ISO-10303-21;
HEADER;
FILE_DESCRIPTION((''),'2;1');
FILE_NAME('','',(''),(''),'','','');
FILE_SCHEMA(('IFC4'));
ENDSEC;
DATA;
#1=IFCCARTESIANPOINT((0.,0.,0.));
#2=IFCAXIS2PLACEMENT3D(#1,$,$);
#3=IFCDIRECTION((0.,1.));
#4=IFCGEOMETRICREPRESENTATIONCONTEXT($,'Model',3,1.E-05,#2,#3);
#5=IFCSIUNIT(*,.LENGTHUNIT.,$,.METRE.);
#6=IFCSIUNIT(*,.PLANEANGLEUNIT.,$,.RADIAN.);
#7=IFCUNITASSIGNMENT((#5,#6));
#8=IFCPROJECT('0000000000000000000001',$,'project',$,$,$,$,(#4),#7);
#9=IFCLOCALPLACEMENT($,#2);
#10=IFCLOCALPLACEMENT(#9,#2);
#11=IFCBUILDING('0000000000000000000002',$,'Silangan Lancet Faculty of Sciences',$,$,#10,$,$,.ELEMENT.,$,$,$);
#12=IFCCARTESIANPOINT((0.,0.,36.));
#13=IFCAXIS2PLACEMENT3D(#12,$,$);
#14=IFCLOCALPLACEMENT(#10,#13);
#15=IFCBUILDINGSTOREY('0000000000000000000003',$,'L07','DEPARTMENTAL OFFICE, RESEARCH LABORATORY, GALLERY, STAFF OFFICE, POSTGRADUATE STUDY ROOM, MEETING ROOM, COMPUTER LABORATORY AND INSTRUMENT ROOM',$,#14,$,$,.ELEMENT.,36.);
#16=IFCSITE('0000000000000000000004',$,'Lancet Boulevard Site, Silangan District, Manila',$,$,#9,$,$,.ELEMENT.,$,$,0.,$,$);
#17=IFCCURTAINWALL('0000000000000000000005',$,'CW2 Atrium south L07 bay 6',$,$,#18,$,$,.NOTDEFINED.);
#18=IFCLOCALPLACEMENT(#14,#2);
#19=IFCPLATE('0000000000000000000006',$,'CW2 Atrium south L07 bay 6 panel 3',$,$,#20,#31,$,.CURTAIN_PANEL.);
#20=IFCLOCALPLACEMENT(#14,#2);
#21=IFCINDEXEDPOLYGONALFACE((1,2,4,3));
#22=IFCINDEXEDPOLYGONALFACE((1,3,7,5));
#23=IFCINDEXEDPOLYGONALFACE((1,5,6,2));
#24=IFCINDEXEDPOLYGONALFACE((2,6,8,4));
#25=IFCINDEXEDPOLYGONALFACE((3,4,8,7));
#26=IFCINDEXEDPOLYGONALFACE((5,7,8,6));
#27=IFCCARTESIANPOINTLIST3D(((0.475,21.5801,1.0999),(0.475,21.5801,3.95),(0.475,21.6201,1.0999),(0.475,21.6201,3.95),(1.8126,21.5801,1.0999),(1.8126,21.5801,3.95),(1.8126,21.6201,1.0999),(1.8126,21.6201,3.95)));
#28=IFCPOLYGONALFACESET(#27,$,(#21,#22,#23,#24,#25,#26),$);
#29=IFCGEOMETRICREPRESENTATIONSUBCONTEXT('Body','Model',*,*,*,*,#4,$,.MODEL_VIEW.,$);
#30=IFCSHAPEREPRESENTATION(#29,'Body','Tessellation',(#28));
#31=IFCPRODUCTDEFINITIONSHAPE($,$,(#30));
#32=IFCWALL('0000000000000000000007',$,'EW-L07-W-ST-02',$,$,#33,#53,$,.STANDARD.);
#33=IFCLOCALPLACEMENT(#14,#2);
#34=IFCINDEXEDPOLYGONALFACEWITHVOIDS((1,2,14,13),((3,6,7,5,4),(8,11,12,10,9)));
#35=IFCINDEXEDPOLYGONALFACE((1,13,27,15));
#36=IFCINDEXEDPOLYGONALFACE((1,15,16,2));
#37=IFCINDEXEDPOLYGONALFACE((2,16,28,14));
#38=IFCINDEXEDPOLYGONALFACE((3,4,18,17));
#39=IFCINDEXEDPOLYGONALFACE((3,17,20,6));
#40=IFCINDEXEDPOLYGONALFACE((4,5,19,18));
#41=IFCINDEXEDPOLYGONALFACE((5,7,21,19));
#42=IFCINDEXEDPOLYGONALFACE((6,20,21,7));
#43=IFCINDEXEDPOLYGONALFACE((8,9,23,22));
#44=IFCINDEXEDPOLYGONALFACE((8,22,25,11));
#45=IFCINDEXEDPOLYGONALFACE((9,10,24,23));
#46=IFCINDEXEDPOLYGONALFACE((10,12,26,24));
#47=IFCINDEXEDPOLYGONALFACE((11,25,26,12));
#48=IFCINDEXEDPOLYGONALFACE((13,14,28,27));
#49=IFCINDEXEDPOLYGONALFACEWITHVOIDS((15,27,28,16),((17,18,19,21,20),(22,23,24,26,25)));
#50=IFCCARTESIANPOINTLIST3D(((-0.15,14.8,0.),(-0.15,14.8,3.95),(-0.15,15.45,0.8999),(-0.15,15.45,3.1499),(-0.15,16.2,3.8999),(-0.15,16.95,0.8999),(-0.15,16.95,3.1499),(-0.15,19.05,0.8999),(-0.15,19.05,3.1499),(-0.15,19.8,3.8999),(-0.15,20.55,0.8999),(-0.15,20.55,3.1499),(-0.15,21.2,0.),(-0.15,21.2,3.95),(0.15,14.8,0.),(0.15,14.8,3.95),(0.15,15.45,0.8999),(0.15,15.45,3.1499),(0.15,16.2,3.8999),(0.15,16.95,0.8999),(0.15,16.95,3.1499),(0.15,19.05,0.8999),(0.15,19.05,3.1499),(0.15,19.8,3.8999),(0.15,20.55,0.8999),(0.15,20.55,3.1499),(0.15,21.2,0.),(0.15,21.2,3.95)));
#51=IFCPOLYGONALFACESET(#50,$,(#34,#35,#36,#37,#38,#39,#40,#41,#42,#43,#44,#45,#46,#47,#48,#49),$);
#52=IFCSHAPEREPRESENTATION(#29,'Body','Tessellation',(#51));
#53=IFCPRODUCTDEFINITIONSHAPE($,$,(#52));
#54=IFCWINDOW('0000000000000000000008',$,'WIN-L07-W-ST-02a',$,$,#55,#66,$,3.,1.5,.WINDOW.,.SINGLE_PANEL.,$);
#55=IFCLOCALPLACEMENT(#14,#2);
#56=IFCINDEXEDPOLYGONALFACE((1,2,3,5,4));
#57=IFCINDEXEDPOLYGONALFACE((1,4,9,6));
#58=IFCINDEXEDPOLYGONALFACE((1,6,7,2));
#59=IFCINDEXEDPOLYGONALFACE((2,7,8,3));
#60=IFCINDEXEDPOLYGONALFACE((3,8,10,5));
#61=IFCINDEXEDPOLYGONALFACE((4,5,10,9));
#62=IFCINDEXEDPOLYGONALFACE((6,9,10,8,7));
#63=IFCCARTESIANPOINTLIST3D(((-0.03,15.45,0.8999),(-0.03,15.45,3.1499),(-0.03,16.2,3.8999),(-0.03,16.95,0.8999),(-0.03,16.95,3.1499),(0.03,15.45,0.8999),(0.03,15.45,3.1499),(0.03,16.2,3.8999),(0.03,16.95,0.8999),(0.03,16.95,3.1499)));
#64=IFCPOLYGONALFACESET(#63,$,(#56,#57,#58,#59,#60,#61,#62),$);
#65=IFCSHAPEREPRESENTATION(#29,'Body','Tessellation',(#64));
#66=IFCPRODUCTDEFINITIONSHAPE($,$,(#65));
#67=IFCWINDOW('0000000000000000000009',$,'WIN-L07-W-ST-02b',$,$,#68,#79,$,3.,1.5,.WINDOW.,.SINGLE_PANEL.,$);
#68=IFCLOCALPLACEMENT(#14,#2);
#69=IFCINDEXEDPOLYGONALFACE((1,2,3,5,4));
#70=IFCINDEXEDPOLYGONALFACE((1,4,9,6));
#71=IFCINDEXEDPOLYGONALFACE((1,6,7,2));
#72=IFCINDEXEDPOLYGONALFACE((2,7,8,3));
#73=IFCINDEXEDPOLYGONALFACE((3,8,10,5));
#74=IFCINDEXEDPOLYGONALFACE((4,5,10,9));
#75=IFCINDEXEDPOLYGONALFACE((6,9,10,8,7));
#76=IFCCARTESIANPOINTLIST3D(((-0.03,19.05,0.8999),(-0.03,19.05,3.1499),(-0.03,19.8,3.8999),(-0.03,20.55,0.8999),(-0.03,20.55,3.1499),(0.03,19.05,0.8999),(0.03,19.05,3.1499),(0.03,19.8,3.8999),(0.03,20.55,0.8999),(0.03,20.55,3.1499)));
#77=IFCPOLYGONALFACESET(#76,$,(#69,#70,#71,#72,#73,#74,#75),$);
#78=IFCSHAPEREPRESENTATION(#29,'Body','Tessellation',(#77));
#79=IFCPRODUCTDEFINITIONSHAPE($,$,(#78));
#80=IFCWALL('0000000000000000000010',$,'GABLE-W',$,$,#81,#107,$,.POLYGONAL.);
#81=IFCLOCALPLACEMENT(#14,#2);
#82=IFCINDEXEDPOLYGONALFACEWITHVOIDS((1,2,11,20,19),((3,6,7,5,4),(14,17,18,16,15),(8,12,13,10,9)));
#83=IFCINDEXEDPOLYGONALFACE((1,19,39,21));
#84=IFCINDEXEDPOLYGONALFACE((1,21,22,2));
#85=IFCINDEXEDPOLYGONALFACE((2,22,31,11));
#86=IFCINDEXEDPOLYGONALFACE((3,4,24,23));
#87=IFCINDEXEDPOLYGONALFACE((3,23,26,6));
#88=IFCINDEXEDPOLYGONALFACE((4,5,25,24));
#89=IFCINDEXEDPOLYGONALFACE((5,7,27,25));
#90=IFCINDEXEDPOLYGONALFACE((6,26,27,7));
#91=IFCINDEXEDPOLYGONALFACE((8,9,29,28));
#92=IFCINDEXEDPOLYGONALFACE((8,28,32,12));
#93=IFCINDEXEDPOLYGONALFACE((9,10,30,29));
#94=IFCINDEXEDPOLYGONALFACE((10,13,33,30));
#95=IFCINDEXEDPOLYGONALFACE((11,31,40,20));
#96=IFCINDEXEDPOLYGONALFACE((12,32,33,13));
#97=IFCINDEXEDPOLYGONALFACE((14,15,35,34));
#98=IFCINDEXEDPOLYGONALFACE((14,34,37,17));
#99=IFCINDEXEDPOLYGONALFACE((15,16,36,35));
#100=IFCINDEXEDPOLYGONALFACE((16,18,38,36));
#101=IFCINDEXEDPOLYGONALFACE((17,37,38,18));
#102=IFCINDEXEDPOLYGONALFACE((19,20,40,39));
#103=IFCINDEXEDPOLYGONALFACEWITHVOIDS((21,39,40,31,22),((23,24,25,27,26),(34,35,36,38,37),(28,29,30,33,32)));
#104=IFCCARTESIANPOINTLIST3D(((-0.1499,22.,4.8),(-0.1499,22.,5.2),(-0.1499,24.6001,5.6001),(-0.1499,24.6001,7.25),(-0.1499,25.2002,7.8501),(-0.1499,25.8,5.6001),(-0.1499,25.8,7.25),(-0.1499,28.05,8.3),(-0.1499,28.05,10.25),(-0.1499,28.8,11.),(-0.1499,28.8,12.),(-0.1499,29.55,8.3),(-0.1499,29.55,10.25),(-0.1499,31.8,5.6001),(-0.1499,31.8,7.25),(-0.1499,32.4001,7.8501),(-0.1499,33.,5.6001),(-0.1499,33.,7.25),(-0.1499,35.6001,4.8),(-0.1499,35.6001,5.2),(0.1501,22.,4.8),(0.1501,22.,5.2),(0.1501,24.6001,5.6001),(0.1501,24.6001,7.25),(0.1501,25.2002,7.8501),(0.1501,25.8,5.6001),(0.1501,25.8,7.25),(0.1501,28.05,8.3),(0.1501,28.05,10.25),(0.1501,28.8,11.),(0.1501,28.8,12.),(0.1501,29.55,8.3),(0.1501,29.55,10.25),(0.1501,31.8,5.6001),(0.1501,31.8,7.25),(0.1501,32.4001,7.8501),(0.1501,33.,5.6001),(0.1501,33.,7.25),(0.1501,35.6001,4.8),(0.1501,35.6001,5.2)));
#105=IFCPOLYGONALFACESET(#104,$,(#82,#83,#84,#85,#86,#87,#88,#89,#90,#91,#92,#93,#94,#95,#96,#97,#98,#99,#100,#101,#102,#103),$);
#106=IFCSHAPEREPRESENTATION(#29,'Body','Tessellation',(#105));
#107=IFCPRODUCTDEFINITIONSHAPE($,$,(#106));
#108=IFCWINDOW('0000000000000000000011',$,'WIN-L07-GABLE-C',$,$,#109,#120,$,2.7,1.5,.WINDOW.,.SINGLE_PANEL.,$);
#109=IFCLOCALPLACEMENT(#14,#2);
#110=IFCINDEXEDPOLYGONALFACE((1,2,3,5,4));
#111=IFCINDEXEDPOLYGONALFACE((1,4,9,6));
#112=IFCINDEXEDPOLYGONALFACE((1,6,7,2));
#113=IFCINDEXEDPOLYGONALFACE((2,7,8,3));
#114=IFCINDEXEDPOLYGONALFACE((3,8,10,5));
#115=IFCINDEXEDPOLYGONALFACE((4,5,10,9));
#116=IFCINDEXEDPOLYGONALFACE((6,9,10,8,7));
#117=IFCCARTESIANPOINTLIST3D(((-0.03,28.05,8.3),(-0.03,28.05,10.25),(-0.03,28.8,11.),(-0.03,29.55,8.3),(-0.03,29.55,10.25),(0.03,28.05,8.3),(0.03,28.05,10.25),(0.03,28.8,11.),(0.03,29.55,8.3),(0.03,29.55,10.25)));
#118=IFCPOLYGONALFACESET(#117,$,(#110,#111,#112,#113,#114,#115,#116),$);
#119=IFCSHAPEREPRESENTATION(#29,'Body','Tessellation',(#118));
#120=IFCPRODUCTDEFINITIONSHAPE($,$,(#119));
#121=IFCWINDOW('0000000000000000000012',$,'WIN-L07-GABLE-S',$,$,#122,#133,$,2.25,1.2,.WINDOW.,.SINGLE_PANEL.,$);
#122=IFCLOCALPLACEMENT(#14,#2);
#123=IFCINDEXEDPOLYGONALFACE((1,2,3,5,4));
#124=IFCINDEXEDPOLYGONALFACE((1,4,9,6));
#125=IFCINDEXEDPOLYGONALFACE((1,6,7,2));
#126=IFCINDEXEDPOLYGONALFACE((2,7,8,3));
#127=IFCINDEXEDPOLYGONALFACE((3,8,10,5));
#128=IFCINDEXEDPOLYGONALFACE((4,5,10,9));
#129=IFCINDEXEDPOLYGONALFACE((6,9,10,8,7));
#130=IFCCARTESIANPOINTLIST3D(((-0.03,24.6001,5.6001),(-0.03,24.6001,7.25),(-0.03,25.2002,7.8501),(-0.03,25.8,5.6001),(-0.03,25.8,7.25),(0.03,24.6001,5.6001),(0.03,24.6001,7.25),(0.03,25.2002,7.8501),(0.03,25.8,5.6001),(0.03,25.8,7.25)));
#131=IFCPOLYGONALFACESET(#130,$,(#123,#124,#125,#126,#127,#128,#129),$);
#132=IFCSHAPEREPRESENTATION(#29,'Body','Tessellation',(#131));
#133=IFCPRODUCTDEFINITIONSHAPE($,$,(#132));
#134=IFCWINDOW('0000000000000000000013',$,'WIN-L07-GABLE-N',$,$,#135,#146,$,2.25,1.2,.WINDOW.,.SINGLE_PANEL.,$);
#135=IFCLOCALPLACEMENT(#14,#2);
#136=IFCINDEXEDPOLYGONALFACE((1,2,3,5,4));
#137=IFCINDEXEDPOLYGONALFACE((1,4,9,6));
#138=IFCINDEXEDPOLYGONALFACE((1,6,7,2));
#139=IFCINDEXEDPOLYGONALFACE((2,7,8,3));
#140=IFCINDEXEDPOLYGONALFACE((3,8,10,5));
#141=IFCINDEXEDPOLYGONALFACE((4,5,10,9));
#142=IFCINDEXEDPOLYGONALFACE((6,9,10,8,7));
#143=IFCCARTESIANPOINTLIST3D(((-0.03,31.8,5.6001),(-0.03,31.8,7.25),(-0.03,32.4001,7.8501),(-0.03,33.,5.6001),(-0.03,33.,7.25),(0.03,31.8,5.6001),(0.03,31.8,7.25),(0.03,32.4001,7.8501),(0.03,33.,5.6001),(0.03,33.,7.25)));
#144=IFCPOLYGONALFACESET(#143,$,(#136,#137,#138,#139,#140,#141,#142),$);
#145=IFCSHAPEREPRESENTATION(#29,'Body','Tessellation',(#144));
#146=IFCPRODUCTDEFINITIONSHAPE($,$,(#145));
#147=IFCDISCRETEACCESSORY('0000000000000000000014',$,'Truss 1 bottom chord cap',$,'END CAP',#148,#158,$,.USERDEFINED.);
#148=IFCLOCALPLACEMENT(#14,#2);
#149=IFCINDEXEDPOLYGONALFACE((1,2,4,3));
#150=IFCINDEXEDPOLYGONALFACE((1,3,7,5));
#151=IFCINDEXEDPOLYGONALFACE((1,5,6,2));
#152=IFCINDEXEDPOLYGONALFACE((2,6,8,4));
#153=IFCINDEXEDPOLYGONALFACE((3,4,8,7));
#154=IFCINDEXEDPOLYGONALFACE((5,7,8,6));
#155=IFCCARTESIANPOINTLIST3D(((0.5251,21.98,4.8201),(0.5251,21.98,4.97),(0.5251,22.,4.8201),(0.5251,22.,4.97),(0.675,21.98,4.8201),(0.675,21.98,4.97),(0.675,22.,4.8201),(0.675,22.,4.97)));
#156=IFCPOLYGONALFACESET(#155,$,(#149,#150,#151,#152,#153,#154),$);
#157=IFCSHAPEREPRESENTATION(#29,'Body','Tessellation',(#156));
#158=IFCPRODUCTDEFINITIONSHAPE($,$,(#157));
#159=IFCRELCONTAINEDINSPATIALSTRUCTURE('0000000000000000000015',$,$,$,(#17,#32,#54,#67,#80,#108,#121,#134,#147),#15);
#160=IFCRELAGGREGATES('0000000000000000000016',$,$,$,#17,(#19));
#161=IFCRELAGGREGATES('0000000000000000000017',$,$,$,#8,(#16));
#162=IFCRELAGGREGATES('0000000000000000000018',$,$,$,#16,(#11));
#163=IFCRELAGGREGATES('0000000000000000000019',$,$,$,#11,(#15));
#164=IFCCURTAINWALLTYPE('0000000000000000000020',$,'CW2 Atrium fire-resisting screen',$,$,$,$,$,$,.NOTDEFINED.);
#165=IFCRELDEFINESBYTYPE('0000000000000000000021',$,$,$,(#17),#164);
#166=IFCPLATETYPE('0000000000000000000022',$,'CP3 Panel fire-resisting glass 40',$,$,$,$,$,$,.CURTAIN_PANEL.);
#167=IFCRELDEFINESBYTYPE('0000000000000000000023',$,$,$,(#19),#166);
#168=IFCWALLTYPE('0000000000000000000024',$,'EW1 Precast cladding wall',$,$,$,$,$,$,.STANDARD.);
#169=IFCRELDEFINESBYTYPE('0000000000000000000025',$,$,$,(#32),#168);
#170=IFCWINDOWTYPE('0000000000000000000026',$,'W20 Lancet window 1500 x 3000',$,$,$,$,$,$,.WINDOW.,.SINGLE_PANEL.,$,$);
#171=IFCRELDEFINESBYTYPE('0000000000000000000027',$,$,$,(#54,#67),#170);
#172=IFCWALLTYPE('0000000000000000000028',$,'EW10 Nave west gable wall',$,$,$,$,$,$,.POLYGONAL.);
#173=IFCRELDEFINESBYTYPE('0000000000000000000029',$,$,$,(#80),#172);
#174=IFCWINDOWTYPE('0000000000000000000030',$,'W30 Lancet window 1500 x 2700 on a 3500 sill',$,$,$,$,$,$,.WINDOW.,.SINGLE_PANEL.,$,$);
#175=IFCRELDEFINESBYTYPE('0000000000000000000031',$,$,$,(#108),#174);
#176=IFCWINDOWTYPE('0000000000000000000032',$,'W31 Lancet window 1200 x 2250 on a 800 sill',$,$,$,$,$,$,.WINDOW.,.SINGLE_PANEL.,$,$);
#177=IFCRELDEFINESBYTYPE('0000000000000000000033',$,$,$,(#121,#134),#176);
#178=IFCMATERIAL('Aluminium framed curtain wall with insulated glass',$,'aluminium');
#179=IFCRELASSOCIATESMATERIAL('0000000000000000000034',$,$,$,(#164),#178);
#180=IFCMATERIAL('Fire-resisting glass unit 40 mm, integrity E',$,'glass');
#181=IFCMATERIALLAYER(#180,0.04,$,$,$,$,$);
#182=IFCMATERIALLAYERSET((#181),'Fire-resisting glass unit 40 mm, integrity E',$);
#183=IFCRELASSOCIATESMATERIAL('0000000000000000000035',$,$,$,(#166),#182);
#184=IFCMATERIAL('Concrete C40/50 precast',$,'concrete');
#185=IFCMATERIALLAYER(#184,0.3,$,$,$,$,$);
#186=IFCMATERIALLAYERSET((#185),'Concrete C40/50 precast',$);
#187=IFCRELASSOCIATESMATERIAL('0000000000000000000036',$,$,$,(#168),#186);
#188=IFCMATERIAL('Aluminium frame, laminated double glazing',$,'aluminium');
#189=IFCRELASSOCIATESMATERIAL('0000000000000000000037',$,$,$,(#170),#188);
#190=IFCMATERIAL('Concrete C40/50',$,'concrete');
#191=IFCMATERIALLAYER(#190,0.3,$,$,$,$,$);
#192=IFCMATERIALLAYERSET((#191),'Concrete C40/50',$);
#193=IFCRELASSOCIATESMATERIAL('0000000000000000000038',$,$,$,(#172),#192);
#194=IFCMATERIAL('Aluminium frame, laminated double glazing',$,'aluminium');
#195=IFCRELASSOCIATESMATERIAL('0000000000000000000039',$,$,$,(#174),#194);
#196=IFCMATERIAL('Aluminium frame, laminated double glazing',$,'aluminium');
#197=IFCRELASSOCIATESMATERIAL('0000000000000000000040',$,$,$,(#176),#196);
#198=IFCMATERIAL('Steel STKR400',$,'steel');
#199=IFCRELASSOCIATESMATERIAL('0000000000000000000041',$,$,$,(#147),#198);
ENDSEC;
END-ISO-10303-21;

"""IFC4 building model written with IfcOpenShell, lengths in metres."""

from ifc_helpers import new_model, si_unit, direction, frame, frame_2d, origin, origin_2d, place, context, subcontext, project, spatial, polyline, rectangle, outline, extrude, material, layer, layer_set, type_object, element, fill, aggregate, save


model = new_model("IFC4")

# Units and contexts
model_context = context("Model", 3, precision=1e-05, world=origin(), true_north=direction((0.0, 1.0)))
body_context = subcontext(model_context, "Body", "Model", "MODEL_VIEW")
ifc_project = project(units=[si_unit("LENGTHUNIT", "METRE"), si_unit("PLANEANGLEUNIT", "RADIAN")], contexts=[model_context])

# Site, building, storey
site_placement = place(None, origin())
site = spatial("IfcSite", under=ifc_project, at=site_placement, Name="Lancet Boulevard Site, Silangan District, Manila", CompositionType="ELEMENT", RefElevation=0.0)
building_placement = place(site_placement, origin())
building = spatial("IfcBuilding", under=site, at=building_placement, Name="Silangan Lancet Faculty of Sciences", CompositionType="ELEMENT")
storey_placement = place(building_placement, frame((0.0, 0.0, 36.0)))
storey = spatial("IfcBuildingStorey", under=building, at=storey_placement, Name="L07", Description="DEPARTMENTAL OFFICE, RESEARCH LABORATORY, GALLERY, STAFF OFFICE, POSTGRADUATE STUDY ROOM, MEETING ROOM, COMPUTER LABORATORY AND INSTRUMENT ROOM", CompositionType="ELEMENT", Elevation=36.0)

# Shared definitions
ifc_material_1 = material(Name="Aluminium framed curtain wall with insulated glass", Category="aluminium")
curtain_wall_type = type_object("IfcCurtainWallType", Name="CW2 Atrium fire-resisting screen", PredefinedType="NOTDEFINED", material=ifc_material_1)

# Curtain wall
curtain_wall_1_placement = place(storey_placement, origin())
curtain_wall_1 = element("IfcCurtainWall", 1, at=curtain_wall_1_placement, inside=storey, type_object=curtain_wall_type, Name="CW2 Atrium south L07 bay 6", PredefinedType="NOTDEFINED")

# Plate
ifc_material_2 = material(Name="Fire-resisting glass unit 40 mm, integrity E", Category="glass")
ifc_layer_1 = layer(ifc_material_2, 0.04)
ifc_layer_set_1 = layer_set([ifc_layer_1], Name="Fire-resisting glass unit 40 mm, integrity E")
plate_type = type_object("IfcPlateType", Name="CP3 Panel fire-resisting glass 40", PredefinedType="CURTAIN_PANEL", material=ifc_layer_set_1)
plate_1_placement = place(storey_placement, frame((1.1438, 21.6001, 1.0999), z_axis=(0.0, 0.0, 1.0), x_axis=(-1.0, 0.0, 0.0)))
plate_1 = element("IfcPlate", 2, at=plate_1_placement, type_object=plate_type, Name="CW2 Atrium south L07 bay 6 panel 3", PredefinedType="CURTAIN_PANEL", context=body_context, shape_type="SweptSolid", body=[
    extrude(rectangle(XDim=1.3376, YDim=0.04, at=origin_2d()), origin(), (0.0, 0.0, 1.0), 2.8501),
])
aggregate(curtain_wall_1, [plate_1])

# Walls, openings, windows
ifc_material_3 = material(Name="Concrete C40/50 precast", Category="concrete")
ifc_layer_2 = layer(ifc_material_3, 0.3)
ifc_layer_set_2 = layer_set([ifc_layer_2], Name="Concrete C40/50 precast")
wall_type_1 = type_object("IfcWallType", Name="EW1 Precast cladding wall", PredefinedType="STANDARD", material=ifc_layer_set_2)
wall_1_placement = place(storey_placement, frame((0.0, 14.8, 0.0), z_axis=(0.0, 0.0, 1.0), x_axis=(0.0, 1.0, 0.0)))
wall_1 = element("IfcWall", 3, at=wall_1_placement, inside=storey, type_object=wall_type_1, Name="EW-L07-W-ST-02", PredefinedType="STANDARD", context=body_context, shape_type="SweptSolid", body=[
    extrude(rectangle(XDim=6.3999, YDim=0.3, at=frame_2d((3.2, 0.0))), origin(), (0.0, 0.0, 1.0), 3.95),
])
opening_1_placement = place(wall_1_placement, frame((0.6499, 0.0, 0.8999)))
opening_1 = element("IfcOpeningElement", 4, at=opening_1_placement, cuts=wall_1, PredefinedType="OPENING", context=body_context, shape_type="SweptSolid", body=[
    extrude(outline(polyline([(0.0, 0.0), (1.5, 0.0), (1.5, 2.25), (0.75, 3.0), (0.0, 2.25), (0.0, 0.0)])), frame((0.0, 0.1599, 0.0), z_axis=(0.0, -1.0, 0.0), x_axis=(1.0, 0.0, 0.0)), (0.0, 0.0, 1.0), 0.3201),
])
opening_2_placement = place(wall_1_placement, frame((4.25, 0.0, 0.8999)))
opening_2 = element("IfcOpeningElement", 5, at=opening_2_placement, cuts=wall_1, PredefinedType="OPENING", context=body_context, shape_type="SweptSolid", body=[
    extrude(outline(polyline([(0.0, 0.0), (1.5, 0.0), (1.5, 2.25), (0.75, 3.0), (0.0, 2.25), (0.0, 0.0)])), frame((0.0, 0.1599, 0.0), z_axis=(0.0, -1.0, 0.0), x_axis=(1.0, 0.0, 0.0)), (0.0, 0.0, 1.0), 0.3201),
])
ifc_material_4 = material(Name="Aluminium frame, laminated double glazing", Category="aluminium")
window_type_1 = type_object("IfcWindowType", Name="W20 Lancet window 1500 x 3000", PartitioningType="SINGLE_PANEL", PredefinedType="WINDOW", material=ifc_material_4)
window_1_placement = place(opening_1_placement, origin())
window_1 = element("IfcWindow", 6, at=window_1_placement, inside=storey, type_object=window_type_1, Name="WIN-L07-W-ST-02a", OverallHeight=3.0, OverallWidth=1.5, PartitioningType="SINGLE_PANEL", PredefinedType="WINDOW", context=body_context, shape_type="SweptSolid", body=[
    extrude(outline(polyline([(0.0, 0.0), (1.5, 0.0), (1.5, 2.25), (0.75, 3.0), (0.0, 2.25), (0.0, 0.0)])), frame((0.0, 0.03, 0.0), z_axis=(0.0, -1.0, 0.0), x_axis=(1.0, 0.0, 0.0)), (0.0, 0.0, 1.0), 0.0601),
])
fill(opening_1, window_1)
window_2_placement = place(opening_2_placement, origin())
window_2 = element("IfcWindow", 7, at=window_2_placement, inside=storey, type_object=window_type_1, Name="WIN-L07-W-ST-02b", OverallHeight=3.0, OverallWidth=1.5, PartitioningType="SINGLE_PANEL", PredefinedType="WINDOW", context=body_context, shape_type="SweptSolid", body=[
    extrude(outline(polyline([(0.0, 0.0), (1.5, 0.0), (1.5, 2.25), (0.75, 3.0), (0.0, 2.25), (0.0, 0.0)])), frame((0.0, 0.03, 0.0), z_axis=(0.0, -1.0, 0.0), x_axis=(1.0, 0.0, 0.0)), (0.0, 0.0, 1.0), 0.0601),
])
fill(opening_2, window_2)
ifc_material_5 = material(Name="Concrete C40/50", Category="concrete")
ifc_layer_3 = layer(ifc_material_5, 0.3)
ifc_layer_set_3 = layer_set([ifc_layer_3], Name="Concrete C40/50")
wall_type_2 = type_object("IfcWallType", Name="EW10 Nave west gable wall", PredefinedType="POLYGONAL", material=ifc_layer_set_3)
wall_2_placement = place(storey_placement, frame((0.0, 22.0, 4.8), z_axis=(0.0, 0.0, 1.0), x_axis=(0.0, 1.0, 0.0)))
wall_2 = element("IfcWall", 8, at=wall_2_placement, inside=storey, type_object=wall_type_2, Name="GABLE-W", PredefinedType="POLYGONAL", context=body_context, shape_type="SweptSolid", body=[
    extrude(outline(polyline([(0.0, 0.0), (13.6001, 0.0), (13.6001, 0.3999), (6.8, 7.2), (0.0, 0.3999), (0.0, 0.0)])), frame((0.0, 0.1499, 0.0), z_axis=(0.0, -1.0, 0.0), x_axis=(1.0, 0.0, 0.0)), (0.0, 0.0, 1.0), 0.3),
])
opening_3_placement = place(wall_2_placement, frame((6.05, 0.0, 3.5)))
opening_3 = element("IfcOpeningElement", 9, at=opening_3_placement, cuts=wall_2, PredefinedType="OPENING", context=body_context, shape_type="SweptSolid", body=[
    extrude(outline(polyline([(0.0, 0.0), (1.5, 0.0), (1.5, 1.95), (0.75, 2.7), (0.0, 1.95), (0.0, 0.0)])), frame((0.0, 0.1599, 0.0), z_axis=(0.0, -1.0, 0.0), x_axis=(1.0, 0.0, 0.0)), (0.0, 0.0, 1.0), 0.3201),
])
opening_4_placement = place(wall_2_placement, frame((2.6001, 0.0, 0.8)))
opening_4 = element("IfcOpeningElement", 10, at=opening_4_placement, cuts=wall_2, PredefinedType="OPENING", context=body_context, shape_type="SweptSolid", body=[
    extrude(outline(polyline([(0.0, 0.0), (1.2, 0.0), (1.2, 1.6499), (0.6001, 2.25), (0.0, 1.6499), (0.0, 0.0)])), frame((0.0, 0.1599, 0.0), z_axis=(0.0, -1.0, 0.0), x_axis=(1.0, 0.0, 0.0)), (0.0, 0.0, 1.0), 0.3201),
])
opening_5_placement = place(wall_2_placement, frame((9.8, 0.0, 0.8)))
opening_5 = element("IfcOpeningElement", 11, at=opening_5_placement, cuts=wall_2, PredefinedType="OPENING", context=body_context, shape_type="SweptSolid", body=[
    extrude(outline(polyline([(0.0, 0.0), (1.2, 0.0), (1.2, 1.6499), (0.6001, 2.25), (0.0, 1.6499), (0.0, 0.0)])), frame((0.0, 0.1599, 0.0), z_axis=(0.0, -1.0, 0.0), x_axis=(1.0, 0.0, 0.0)), (0.0, 0.0, 1.0), 0.3201),
])
ifc_material_6 = material(Name="Aluminium frame, laminated double glazing", Category="aluminium")
window_type_2 = type_object("IfcWindowType", Name="W30 Lancet window 1500 x 2700 on a 3500 sill", PartitioningType="SINGLE_PANEL", PredefinedType="WINDOW", material=ifc_material_6)
window_3_placement = place(opening_3_placement, origin())
window_3 = element("IfcWindow", 12, at=window_3_placement, inside=storey, type_object=window_type_2, Name="WIN-L07-GABLE-C", OverallHeight=2.7, OverallWidth=1.5, PartitioningType="SINGLE_PANEL", PredefinedType="WINDOW", context=body_context, shape_type="SweptSolid", body=[
    extrude(outline(polyline([(0.0, 0.0), (1.5, 0.0), (1.5, 1.95), (0.75, 2.7), (0.0, 1.95), (0.0, 0.0)])), frame((0.0, 0.03, 0.0), z_axis=(0.0, -1.0, 0.0), x_axis=(1.0, 0.0, 0.0)), (0.0, 0.0, 1.0), 0.0601),
])
fill(opening_3, window_3)
ifc_material_7 = material(Name="Aluminium frame, laminated double glazing", Category="aluminium")
window_type_3 = type_object("IfcWindowType", Name="W31 Lancet window 1200 x 2250 on a 800 sill", PartitioningType="SINGLE_PANEL", PredefinedType="WINDOW", material=ifc_material_7)
window_4_placement = place(opening_4_placement, origin())
window_4 = element("IfcWindow", 13, at=window_4_placement, inside=storey, type_object=window_type_3, Name="WIN-L07-GABLE-S", OverallHeight=2.25, OverallWidth=1.2, PartitioningType="SINGLE_PANEL", PredefinedType="WINDOW", context=body_context, shape_type="SweptSolid", body=[
    extrude(outline(polyline([(0.0, 0.0), (1.2, 0.0), (1.2, 1.6499), (0.6001, 2.25), (0.0, 1.6499), (0.0, 0.0)])), frame((0.0, 0.03, 0.0), z_axis=(0.0, -1.0, 0.0), x_axis=(1.0, 0.0, 0.0)), (0.0, 0.0, 1.0), 0.0601),
])
fill(opening_4, window_4)
window_5_placement = place(opening_5_placement, origin())
window_5 = element("IfcWindow", 14, at=window_5_placement, inside=storey, type_object=window_type_3, Name="WIN-L07-GABLE-N", OverallHeight=2.25, OverallWidth=1.2, PartitioningType="SINGLE_PANEL", PredefinedType="WINDOW", context=body_context, shape_type="SweptSolid", body=[
    extrude(outline(polyline([(0.0, 0.0), (1.2, 0.0), (1.2, 1.6499), (0.6001, 2.25), (0.0, 1.6499), (0.0, 0.0)])), frame((0.0, 0.03, 0.0), z_axis=(0.0, -1.0, 0.0), x_axis=(1.0, 0.0, 0.0)), (0.0, 0.0, 1.0), 0.0601),
])
fill(opening_5, window_5)

# Discrete accessory
ifc_material_8 = material(Name="Steel STKR400", Category="steel")
discrete_accessory_placement = place(storey_placement, frame((0.6001, 21.99, 4.8201), z_axis=(0.0, 0.0, 1.0), x_axis=(1.0, 0.0, 0.0)))
element("IfcDiscreteAccessory", 15, at=discrete_accessory_placement, inside=storey, material=ifc_material_8, Name="Truss 1 bottom chord cap", ObjectType="END CAP", PredefinedType="USERDEFINED", context=body_context, shape_type="SweptSolid", body=[
    extrude(rectangle(XDim=0.1499, YDim=0.02, at=origin_2d()), origin(), (0.0, 0.0, 1.0), 0.1499),
])

save(model, "model.ifc")
